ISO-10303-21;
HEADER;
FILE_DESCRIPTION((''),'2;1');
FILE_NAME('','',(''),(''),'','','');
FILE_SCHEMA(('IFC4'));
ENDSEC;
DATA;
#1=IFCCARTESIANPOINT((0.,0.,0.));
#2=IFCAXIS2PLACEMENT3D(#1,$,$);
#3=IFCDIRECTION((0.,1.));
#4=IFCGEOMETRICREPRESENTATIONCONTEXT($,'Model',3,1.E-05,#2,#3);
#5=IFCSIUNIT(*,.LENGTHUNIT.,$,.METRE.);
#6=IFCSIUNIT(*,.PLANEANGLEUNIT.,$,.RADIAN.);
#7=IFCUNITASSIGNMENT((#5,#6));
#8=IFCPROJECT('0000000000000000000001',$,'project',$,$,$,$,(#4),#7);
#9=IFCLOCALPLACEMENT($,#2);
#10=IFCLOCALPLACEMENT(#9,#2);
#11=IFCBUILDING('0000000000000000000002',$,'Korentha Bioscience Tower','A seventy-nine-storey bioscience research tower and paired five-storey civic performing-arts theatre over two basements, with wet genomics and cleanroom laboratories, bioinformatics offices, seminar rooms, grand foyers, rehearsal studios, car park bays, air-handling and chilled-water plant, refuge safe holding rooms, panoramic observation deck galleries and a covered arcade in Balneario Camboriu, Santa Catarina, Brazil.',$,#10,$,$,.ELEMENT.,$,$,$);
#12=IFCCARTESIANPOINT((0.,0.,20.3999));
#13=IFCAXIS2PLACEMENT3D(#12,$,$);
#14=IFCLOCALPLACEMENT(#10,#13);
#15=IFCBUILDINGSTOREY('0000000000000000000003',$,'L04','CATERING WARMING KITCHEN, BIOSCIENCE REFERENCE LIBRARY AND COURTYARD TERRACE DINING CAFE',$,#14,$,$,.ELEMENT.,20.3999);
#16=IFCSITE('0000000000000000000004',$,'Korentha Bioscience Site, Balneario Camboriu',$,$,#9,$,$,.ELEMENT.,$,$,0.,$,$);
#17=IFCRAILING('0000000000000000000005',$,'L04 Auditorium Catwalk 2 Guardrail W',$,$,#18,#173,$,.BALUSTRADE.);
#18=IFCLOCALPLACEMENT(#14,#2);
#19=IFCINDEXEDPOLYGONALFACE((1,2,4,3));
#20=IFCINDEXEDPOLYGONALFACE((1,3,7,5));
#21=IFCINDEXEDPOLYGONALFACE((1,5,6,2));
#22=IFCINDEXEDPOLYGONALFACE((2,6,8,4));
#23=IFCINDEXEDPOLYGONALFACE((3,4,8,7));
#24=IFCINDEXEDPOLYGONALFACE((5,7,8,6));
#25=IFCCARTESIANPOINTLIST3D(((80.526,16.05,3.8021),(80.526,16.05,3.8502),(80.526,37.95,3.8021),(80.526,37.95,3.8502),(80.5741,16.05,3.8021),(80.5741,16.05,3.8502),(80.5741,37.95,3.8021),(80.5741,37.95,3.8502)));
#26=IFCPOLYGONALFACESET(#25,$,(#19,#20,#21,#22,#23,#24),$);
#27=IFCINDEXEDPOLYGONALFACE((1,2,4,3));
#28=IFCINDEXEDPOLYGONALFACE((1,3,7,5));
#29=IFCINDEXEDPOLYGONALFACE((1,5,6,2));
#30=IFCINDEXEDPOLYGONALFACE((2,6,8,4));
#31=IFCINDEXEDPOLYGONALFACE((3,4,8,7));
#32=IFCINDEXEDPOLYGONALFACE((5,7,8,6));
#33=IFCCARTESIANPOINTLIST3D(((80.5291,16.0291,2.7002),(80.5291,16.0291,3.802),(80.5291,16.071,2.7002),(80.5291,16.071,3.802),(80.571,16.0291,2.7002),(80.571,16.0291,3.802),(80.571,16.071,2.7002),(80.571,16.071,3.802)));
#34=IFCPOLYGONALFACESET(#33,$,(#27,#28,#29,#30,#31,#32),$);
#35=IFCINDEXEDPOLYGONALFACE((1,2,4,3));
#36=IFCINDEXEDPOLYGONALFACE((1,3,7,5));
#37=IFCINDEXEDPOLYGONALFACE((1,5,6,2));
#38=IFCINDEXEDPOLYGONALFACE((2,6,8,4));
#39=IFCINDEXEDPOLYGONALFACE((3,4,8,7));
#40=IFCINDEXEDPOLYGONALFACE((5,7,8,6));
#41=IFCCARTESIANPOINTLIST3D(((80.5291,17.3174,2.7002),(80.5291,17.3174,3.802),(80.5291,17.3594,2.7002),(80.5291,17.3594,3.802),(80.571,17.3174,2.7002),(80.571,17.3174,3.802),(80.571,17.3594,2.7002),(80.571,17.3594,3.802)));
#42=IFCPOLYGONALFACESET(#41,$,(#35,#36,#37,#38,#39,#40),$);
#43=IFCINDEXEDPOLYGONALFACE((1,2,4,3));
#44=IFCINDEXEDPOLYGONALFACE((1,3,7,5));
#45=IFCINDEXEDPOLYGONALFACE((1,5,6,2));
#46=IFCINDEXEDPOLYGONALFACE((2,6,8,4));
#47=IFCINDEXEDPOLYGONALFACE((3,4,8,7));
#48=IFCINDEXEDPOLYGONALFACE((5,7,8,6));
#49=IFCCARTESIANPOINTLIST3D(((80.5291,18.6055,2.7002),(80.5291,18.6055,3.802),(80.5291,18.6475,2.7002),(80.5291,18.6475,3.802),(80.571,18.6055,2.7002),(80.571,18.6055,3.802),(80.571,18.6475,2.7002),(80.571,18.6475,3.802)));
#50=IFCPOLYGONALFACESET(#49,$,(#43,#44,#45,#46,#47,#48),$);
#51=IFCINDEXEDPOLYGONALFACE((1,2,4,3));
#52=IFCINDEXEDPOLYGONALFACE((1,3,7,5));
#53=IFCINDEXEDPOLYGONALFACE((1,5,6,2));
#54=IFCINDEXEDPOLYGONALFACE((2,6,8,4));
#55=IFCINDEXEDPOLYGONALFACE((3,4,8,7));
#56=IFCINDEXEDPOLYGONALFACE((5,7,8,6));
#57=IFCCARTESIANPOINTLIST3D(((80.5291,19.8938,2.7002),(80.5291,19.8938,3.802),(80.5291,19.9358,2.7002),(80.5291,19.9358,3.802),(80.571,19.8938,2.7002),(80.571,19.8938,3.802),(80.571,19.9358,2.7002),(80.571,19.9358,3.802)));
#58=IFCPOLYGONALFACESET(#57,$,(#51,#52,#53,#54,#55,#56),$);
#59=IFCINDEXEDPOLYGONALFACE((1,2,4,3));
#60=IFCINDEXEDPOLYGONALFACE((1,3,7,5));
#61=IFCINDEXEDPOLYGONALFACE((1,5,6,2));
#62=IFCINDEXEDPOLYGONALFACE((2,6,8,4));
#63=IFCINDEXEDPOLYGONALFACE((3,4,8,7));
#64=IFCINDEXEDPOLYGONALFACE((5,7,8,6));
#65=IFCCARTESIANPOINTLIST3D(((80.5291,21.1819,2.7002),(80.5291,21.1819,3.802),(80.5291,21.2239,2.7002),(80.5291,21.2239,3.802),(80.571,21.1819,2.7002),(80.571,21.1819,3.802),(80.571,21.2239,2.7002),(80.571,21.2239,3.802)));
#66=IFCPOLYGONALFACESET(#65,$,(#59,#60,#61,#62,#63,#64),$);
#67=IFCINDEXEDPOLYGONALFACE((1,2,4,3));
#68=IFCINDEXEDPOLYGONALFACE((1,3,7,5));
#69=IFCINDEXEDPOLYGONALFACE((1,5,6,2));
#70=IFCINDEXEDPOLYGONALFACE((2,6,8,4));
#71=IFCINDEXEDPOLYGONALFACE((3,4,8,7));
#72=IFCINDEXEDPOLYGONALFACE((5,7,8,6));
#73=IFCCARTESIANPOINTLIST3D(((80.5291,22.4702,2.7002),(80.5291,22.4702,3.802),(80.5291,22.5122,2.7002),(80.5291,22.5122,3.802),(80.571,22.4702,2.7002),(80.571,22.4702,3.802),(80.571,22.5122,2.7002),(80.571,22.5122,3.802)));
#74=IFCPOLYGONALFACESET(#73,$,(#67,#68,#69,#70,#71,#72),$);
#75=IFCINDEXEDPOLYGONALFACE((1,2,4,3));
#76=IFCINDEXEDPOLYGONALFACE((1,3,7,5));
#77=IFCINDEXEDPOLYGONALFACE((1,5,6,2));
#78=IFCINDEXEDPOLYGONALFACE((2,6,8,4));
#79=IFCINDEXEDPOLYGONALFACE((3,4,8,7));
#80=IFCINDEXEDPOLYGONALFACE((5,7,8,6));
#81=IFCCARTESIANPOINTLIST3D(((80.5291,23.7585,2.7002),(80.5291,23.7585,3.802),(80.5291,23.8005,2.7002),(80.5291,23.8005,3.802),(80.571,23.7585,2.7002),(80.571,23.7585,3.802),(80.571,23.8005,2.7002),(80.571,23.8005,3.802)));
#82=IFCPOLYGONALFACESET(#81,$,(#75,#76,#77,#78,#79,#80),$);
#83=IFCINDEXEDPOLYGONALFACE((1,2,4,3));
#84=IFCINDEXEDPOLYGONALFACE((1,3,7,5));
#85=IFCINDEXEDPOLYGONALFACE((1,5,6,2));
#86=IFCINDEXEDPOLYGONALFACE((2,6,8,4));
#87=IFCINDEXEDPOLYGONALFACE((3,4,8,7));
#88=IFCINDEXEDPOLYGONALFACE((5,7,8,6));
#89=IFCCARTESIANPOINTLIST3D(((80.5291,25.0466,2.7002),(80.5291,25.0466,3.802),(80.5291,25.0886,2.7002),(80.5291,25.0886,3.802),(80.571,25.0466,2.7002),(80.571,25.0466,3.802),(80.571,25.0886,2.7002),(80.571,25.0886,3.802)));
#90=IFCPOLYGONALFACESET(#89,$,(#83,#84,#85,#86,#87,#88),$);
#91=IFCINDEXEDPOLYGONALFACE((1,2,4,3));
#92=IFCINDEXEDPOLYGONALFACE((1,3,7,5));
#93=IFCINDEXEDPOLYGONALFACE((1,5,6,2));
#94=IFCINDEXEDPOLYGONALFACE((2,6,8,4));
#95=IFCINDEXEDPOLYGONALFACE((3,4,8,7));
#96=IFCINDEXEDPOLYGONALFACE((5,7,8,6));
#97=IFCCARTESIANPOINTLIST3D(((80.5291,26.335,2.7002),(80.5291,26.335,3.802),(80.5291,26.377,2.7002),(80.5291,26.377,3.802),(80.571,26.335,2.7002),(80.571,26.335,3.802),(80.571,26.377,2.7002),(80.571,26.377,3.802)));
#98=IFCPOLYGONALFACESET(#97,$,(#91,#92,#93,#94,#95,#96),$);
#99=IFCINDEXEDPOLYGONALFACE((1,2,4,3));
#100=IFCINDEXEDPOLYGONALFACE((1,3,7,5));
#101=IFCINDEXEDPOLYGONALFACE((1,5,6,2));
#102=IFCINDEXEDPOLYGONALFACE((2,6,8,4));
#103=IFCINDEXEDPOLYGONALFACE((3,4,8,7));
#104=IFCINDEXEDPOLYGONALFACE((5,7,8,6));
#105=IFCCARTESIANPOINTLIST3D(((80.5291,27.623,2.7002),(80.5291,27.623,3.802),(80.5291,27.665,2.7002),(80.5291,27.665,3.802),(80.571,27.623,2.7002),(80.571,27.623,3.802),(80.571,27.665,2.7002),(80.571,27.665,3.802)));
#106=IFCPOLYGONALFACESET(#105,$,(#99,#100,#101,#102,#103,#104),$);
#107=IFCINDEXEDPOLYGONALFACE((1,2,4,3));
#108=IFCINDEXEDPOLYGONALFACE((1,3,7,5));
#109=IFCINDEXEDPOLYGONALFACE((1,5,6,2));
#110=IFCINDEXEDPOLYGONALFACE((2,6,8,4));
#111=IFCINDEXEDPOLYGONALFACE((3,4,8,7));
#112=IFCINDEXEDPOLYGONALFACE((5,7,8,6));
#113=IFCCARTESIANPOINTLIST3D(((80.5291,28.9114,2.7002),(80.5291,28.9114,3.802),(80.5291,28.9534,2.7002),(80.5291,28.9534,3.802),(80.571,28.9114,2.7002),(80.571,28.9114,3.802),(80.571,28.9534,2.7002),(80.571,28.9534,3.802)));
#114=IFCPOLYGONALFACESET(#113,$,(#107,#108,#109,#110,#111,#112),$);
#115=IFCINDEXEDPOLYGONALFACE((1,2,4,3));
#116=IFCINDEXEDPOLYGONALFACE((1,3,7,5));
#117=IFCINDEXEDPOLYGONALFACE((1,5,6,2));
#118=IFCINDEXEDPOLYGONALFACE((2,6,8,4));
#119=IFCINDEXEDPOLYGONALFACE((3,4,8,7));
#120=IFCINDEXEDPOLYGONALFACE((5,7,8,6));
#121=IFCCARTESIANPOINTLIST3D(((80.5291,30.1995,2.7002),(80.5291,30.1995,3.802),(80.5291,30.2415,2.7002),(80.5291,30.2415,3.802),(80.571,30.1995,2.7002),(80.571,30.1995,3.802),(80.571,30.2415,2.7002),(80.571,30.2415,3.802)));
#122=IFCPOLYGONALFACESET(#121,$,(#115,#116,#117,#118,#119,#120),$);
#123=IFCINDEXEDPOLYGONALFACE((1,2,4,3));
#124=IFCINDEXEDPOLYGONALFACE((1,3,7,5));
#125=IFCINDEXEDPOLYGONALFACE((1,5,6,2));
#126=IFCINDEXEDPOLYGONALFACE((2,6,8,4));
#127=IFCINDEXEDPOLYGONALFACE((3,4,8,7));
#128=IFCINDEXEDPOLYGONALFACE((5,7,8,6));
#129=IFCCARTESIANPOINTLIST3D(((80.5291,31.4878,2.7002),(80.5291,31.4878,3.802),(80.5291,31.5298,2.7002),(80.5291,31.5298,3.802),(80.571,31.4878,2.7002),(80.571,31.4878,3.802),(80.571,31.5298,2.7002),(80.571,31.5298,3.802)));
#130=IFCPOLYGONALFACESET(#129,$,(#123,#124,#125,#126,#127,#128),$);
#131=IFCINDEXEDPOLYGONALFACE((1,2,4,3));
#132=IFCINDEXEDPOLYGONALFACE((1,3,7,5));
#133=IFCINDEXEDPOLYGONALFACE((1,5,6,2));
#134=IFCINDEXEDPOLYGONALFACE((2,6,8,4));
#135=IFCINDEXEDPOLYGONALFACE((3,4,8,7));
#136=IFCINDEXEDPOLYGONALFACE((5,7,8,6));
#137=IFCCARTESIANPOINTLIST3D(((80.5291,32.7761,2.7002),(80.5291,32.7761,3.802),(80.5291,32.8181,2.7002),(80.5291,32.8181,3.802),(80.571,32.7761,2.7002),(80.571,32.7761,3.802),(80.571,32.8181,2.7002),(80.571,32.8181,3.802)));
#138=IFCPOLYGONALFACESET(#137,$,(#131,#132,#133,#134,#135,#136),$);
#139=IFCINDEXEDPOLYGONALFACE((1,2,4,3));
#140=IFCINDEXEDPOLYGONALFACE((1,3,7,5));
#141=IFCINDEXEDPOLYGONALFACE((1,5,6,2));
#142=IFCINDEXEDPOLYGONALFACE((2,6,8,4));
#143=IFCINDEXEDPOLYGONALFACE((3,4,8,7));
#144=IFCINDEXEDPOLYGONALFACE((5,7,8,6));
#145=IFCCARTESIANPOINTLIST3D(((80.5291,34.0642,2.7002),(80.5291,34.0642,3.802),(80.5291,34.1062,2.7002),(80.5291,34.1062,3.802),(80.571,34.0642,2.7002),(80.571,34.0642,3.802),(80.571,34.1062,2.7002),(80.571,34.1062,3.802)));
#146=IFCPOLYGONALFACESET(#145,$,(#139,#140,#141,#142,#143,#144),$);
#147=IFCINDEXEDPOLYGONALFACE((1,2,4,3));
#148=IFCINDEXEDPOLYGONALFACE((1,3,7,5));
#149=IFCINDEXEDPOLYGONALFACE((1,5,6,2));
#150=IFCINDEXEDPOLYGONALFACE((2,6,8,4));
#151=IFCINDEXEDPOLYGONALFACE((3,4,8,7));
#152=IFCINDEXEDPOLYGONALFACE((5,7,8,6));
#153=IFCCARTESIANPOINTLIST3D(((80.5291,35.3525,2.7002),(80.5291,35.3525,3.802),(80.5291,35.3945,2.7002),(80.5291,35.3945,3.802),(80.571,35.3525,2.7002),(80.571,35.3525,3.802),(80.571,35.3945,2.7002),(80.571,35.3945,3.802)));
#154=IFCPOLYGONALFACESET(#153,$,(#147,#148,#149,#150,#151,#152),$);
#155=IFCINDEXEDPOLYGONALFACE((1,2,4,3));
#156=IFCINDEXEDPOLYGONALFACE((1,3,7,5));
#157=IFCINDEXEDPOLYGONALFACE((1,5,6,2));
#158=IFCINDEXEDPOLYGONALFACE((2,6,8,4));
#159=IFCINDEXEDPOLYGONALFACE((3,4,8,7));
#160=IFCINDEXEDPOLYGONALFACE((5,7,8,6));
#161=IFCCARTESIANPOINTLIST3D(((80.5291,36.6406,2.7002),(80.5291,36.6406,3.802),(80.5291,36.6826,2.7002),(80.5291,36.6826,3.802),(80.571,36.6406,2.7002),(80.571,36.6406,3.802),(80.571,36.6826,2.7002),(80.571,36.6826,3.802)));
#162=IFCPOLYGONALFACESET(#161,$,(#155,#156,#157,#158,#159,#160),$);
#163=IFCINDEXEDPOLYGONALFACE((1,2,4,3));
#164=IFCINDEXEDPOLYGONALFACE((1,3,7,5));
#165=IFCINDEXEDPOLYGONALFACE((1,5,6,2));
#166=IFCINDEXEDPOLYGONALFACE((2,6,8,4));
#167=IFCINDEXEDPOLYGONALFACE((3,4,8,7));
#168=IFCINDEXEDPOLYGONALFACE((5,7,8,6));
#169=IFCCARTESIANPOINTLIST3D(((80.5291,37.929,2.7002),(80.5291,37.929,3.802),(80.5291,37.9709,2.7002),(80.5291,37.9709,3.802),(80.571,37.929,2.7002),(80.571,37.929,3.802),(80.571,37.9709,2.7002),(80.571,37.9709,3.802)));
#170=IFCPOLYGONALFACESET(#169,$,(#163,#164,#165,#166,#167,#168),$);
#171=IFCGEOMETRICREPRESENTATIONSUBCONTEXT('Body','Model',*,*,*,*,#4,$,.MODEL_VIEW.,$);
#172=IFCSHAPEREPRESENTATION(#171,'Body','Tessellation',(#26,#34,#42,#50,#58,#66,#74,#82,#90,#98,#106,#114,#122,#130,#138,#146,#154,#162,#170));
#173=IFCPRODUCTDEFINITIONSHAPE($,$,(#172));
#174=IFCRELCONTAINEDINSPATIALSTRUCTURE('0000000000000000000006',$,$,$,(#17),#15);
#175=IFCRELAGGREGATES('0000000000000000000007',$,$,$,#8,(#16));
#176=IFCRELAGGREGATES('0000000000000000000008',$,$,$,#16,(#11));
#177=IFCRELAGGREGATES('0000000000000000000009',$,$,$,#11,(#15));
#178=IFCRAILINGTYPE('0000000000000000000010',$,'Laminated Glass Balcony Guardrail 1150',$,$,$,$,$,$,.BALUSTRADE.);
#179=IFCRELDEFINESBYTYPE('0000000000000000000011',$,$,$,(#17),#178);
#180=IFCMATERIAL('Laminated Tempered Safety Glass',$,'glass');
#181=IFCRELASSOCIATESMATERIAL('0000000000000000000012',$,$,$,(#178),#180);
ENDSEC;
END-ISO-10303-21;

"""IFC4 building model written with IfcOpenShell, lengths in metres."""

from ifc_helpers import new_model, si_unit, direction, frame, origin, origin_2d, place, context, subcontext, project, spatial, rectangle, extrude, material, type_object, element, save


model = new_model("IFC4")

# Units and contexts
model_context = context("Model", 3, precision=1e-05, world=origin(), true_north=direction((0.0, 1.0)))
body_context = subcontext(model_context, "Body", "Model", "MODEL_VIEW")
ifc_project = project(units=[si_unit("LENGTHUNIT", "METRE"), si_unit("PLANEANGLEUNIT", "RADIAN")], contexts=[model_context])

# Site, building, storey
site_placement = place(None, origin())
site = spatial("IfcSite", under=ifc_project, at=site_placement, Name="Korentha Bioscience Site, Balneario Camboriu", CompositionType="ELEMENT", RefElevation=0.0)
building_placement = place(site_placement, origin())
building = spatial("IfcBuilding", under=site, at=building_placement, Name="Korentha Bioscience Tower", Description="A seventy-nine-storey bioscience research tower and paired five-storey civic performing-arts theatre over two basements, with wet genomics and cleanroom laboratories, bioinformatics offices, seminar rooms, grand foyers, rehearsal studios, car park bays, air-handling and chilled-water plant, refuge safe holding rooms, panoramic observation deck galleries and a covered arcade in Balneario Camboriu, Santa Catarina, Brazil.", CompositionType="ELEMENT")
storey_placement = place(building_placement, frame((0.0, 0.0, 20.3999)))
storey = spatial("IfcBuildingStorey", under=building, at=storey_placement, Name="L04", Description="CATERING WARMING KITCHEN, BIOSCIENCE REFERENCE LIBRARY AND COURTYARD TERRACE DINING CAFE", CompositionType="ELEMENT", Elevation=20.3999)

# Railing
ifc_material_1 = material(Name="Laminated Tempered Safety Glass", Category="glass")
railing_type = type_object("IfcRailingType", Name="Laminated Glass Balcony Guardrail 1150", PredefinedType="BALUSTRADE", material=ifc_material_1)
railing_1_placement = place(storey_placement, frame((80.55, 16.05, 2.7002)))
element("IfcRailing", 1, at=railing_1_placement, inside=storey, type_object=railing_type, Name="L04 Auditorium Catwalk 2 Guardrail W", PredefinedType="BALUSTRADE", context=body_context, shape_type="SweptSolid", body=[
    extrude(rectangle(XDim=0.0481, YDim=0.0481, at=origin_2d()), frame((0.0, 0.0, 1.126), z_axis=(0.0, 1.0, 0.0), x_axis=(-1.0, 0.0, 0.0)), (0.0, 0.0, 1.0), 21.8999),
    extrude(rectangle(XDim=0.042, YDim=0.042, at=origin_2d()), origin(), (0.0, 0.0, 1.0), 1.1018),
    extrude(rectangle(XDim=0.042, YDim=0.042, at=origin_2d()), frame((0.0, 1.2883, 0.0)), (0.0, 0.0, 1.0), 1.1018),
    extrude(rectangle(XDim=0.042, YDim=0.042, at=origin_2d()), frame((0.0, 2.5764, 0.0)), (0.0, 0.0, 1.0), 1.1018),
    extrude(rectangle(XDim=0.042, YDim=0.042, at=origin_2d()), frame((0.0, 3.8647, 0.0)), (0.0, 0.0, 1.0), 1.1018),
    extrude(rectangle(XDim=0.042, YDim=0.042, at=origin_2d()), frame((0.0, 5.1528, 0.0)), (0.0, 0.0, 1.0), 1.1018),
    extrude(rectangle(XDim=0.042, YDim=0.042, at=origin_2d()), frame((0.0, 6.4412, 0.0)), (0.0, 0.0, 1.0), 1.1018),
    extrude(rectangle(XDim=0.042, YDim=0.042, at=origin_2d()), frame((0.0, 7.7295, 0.0)), (0.0, 0.0, 1.0), 1.1018),
    extrude(rectangle(XDim=0.042, YDim=0.042, at=origin_2d()), frame((0.0, 9.0176, 0.0)), (0.0, 0.0, 1.0), 1.1018),
    extrude(rectangle(XDim=0.042, YDim=0.042, at=origin_2d()), frame((0.0, 10.3059, 0.0)), (0.0, 0.0, 1.0), 1.1018),
    extrude(rectangle(XDim=0.042, YDim=0.042, at=origin_2d()), frame((0.0, 11.594, 0.0)), (0.0, 0.0, 1.0), 1.1018),
    extrude(rectangle(XDim=0.042, YDim=0.042, at=origin_2d()), frame((0.0, 12.8823, 0.0)), (0.0, 0.0, 1.0), 1.1018),
    extrude(rectangle(XDim=0.042, YDim=0.042, at=origin_2d()), frame((0.0, 14.1704, 0.0)), (0.0, 0.0, 1.0), 1.1018),
    extrude(rectangle(XDim=0.042, YDim=0.042, at=origin_2d()), frame((0.0, 15.4587, 0.0)), (0.0, 0.0, 1.0), 1.1018),
    extrude(rectangle(XDim=0.042, YDim=0.042, at=origin_2d()), frame((0.0, 16.7471, 0.0)), (0.0, 0.0, 1.0), 1.1018),
    extrude(rectangle(XDim=0.042, YDim=0.042, at=origin_2d()), frame((0.0, 18.0352, 0.0)), (0.0, 0.0, 1.0), 1.1018),
    extrude(rectangle(XDim=0.042, YDim=0.042, at=origin_2d()), frame((0.0, 19.3235, 0.0)), (0.0, 0.0, 1.0), 1.1018),
    extrude(rectangle(XDim=0.042, YDim=0.042, at=origin_2d()), frame((0.0, 20.6116, 0.0)), (0.0, 0.0, 1.0), 1.1018),
    extrude(rectangle(XDim=0.042, YDim=0.042, at=origin_2d()), frame((0.0, 21.8999, 0.0)), (0.0, 0.0, 1.0), 1.1018),
])

save(model, "model.ifc")
